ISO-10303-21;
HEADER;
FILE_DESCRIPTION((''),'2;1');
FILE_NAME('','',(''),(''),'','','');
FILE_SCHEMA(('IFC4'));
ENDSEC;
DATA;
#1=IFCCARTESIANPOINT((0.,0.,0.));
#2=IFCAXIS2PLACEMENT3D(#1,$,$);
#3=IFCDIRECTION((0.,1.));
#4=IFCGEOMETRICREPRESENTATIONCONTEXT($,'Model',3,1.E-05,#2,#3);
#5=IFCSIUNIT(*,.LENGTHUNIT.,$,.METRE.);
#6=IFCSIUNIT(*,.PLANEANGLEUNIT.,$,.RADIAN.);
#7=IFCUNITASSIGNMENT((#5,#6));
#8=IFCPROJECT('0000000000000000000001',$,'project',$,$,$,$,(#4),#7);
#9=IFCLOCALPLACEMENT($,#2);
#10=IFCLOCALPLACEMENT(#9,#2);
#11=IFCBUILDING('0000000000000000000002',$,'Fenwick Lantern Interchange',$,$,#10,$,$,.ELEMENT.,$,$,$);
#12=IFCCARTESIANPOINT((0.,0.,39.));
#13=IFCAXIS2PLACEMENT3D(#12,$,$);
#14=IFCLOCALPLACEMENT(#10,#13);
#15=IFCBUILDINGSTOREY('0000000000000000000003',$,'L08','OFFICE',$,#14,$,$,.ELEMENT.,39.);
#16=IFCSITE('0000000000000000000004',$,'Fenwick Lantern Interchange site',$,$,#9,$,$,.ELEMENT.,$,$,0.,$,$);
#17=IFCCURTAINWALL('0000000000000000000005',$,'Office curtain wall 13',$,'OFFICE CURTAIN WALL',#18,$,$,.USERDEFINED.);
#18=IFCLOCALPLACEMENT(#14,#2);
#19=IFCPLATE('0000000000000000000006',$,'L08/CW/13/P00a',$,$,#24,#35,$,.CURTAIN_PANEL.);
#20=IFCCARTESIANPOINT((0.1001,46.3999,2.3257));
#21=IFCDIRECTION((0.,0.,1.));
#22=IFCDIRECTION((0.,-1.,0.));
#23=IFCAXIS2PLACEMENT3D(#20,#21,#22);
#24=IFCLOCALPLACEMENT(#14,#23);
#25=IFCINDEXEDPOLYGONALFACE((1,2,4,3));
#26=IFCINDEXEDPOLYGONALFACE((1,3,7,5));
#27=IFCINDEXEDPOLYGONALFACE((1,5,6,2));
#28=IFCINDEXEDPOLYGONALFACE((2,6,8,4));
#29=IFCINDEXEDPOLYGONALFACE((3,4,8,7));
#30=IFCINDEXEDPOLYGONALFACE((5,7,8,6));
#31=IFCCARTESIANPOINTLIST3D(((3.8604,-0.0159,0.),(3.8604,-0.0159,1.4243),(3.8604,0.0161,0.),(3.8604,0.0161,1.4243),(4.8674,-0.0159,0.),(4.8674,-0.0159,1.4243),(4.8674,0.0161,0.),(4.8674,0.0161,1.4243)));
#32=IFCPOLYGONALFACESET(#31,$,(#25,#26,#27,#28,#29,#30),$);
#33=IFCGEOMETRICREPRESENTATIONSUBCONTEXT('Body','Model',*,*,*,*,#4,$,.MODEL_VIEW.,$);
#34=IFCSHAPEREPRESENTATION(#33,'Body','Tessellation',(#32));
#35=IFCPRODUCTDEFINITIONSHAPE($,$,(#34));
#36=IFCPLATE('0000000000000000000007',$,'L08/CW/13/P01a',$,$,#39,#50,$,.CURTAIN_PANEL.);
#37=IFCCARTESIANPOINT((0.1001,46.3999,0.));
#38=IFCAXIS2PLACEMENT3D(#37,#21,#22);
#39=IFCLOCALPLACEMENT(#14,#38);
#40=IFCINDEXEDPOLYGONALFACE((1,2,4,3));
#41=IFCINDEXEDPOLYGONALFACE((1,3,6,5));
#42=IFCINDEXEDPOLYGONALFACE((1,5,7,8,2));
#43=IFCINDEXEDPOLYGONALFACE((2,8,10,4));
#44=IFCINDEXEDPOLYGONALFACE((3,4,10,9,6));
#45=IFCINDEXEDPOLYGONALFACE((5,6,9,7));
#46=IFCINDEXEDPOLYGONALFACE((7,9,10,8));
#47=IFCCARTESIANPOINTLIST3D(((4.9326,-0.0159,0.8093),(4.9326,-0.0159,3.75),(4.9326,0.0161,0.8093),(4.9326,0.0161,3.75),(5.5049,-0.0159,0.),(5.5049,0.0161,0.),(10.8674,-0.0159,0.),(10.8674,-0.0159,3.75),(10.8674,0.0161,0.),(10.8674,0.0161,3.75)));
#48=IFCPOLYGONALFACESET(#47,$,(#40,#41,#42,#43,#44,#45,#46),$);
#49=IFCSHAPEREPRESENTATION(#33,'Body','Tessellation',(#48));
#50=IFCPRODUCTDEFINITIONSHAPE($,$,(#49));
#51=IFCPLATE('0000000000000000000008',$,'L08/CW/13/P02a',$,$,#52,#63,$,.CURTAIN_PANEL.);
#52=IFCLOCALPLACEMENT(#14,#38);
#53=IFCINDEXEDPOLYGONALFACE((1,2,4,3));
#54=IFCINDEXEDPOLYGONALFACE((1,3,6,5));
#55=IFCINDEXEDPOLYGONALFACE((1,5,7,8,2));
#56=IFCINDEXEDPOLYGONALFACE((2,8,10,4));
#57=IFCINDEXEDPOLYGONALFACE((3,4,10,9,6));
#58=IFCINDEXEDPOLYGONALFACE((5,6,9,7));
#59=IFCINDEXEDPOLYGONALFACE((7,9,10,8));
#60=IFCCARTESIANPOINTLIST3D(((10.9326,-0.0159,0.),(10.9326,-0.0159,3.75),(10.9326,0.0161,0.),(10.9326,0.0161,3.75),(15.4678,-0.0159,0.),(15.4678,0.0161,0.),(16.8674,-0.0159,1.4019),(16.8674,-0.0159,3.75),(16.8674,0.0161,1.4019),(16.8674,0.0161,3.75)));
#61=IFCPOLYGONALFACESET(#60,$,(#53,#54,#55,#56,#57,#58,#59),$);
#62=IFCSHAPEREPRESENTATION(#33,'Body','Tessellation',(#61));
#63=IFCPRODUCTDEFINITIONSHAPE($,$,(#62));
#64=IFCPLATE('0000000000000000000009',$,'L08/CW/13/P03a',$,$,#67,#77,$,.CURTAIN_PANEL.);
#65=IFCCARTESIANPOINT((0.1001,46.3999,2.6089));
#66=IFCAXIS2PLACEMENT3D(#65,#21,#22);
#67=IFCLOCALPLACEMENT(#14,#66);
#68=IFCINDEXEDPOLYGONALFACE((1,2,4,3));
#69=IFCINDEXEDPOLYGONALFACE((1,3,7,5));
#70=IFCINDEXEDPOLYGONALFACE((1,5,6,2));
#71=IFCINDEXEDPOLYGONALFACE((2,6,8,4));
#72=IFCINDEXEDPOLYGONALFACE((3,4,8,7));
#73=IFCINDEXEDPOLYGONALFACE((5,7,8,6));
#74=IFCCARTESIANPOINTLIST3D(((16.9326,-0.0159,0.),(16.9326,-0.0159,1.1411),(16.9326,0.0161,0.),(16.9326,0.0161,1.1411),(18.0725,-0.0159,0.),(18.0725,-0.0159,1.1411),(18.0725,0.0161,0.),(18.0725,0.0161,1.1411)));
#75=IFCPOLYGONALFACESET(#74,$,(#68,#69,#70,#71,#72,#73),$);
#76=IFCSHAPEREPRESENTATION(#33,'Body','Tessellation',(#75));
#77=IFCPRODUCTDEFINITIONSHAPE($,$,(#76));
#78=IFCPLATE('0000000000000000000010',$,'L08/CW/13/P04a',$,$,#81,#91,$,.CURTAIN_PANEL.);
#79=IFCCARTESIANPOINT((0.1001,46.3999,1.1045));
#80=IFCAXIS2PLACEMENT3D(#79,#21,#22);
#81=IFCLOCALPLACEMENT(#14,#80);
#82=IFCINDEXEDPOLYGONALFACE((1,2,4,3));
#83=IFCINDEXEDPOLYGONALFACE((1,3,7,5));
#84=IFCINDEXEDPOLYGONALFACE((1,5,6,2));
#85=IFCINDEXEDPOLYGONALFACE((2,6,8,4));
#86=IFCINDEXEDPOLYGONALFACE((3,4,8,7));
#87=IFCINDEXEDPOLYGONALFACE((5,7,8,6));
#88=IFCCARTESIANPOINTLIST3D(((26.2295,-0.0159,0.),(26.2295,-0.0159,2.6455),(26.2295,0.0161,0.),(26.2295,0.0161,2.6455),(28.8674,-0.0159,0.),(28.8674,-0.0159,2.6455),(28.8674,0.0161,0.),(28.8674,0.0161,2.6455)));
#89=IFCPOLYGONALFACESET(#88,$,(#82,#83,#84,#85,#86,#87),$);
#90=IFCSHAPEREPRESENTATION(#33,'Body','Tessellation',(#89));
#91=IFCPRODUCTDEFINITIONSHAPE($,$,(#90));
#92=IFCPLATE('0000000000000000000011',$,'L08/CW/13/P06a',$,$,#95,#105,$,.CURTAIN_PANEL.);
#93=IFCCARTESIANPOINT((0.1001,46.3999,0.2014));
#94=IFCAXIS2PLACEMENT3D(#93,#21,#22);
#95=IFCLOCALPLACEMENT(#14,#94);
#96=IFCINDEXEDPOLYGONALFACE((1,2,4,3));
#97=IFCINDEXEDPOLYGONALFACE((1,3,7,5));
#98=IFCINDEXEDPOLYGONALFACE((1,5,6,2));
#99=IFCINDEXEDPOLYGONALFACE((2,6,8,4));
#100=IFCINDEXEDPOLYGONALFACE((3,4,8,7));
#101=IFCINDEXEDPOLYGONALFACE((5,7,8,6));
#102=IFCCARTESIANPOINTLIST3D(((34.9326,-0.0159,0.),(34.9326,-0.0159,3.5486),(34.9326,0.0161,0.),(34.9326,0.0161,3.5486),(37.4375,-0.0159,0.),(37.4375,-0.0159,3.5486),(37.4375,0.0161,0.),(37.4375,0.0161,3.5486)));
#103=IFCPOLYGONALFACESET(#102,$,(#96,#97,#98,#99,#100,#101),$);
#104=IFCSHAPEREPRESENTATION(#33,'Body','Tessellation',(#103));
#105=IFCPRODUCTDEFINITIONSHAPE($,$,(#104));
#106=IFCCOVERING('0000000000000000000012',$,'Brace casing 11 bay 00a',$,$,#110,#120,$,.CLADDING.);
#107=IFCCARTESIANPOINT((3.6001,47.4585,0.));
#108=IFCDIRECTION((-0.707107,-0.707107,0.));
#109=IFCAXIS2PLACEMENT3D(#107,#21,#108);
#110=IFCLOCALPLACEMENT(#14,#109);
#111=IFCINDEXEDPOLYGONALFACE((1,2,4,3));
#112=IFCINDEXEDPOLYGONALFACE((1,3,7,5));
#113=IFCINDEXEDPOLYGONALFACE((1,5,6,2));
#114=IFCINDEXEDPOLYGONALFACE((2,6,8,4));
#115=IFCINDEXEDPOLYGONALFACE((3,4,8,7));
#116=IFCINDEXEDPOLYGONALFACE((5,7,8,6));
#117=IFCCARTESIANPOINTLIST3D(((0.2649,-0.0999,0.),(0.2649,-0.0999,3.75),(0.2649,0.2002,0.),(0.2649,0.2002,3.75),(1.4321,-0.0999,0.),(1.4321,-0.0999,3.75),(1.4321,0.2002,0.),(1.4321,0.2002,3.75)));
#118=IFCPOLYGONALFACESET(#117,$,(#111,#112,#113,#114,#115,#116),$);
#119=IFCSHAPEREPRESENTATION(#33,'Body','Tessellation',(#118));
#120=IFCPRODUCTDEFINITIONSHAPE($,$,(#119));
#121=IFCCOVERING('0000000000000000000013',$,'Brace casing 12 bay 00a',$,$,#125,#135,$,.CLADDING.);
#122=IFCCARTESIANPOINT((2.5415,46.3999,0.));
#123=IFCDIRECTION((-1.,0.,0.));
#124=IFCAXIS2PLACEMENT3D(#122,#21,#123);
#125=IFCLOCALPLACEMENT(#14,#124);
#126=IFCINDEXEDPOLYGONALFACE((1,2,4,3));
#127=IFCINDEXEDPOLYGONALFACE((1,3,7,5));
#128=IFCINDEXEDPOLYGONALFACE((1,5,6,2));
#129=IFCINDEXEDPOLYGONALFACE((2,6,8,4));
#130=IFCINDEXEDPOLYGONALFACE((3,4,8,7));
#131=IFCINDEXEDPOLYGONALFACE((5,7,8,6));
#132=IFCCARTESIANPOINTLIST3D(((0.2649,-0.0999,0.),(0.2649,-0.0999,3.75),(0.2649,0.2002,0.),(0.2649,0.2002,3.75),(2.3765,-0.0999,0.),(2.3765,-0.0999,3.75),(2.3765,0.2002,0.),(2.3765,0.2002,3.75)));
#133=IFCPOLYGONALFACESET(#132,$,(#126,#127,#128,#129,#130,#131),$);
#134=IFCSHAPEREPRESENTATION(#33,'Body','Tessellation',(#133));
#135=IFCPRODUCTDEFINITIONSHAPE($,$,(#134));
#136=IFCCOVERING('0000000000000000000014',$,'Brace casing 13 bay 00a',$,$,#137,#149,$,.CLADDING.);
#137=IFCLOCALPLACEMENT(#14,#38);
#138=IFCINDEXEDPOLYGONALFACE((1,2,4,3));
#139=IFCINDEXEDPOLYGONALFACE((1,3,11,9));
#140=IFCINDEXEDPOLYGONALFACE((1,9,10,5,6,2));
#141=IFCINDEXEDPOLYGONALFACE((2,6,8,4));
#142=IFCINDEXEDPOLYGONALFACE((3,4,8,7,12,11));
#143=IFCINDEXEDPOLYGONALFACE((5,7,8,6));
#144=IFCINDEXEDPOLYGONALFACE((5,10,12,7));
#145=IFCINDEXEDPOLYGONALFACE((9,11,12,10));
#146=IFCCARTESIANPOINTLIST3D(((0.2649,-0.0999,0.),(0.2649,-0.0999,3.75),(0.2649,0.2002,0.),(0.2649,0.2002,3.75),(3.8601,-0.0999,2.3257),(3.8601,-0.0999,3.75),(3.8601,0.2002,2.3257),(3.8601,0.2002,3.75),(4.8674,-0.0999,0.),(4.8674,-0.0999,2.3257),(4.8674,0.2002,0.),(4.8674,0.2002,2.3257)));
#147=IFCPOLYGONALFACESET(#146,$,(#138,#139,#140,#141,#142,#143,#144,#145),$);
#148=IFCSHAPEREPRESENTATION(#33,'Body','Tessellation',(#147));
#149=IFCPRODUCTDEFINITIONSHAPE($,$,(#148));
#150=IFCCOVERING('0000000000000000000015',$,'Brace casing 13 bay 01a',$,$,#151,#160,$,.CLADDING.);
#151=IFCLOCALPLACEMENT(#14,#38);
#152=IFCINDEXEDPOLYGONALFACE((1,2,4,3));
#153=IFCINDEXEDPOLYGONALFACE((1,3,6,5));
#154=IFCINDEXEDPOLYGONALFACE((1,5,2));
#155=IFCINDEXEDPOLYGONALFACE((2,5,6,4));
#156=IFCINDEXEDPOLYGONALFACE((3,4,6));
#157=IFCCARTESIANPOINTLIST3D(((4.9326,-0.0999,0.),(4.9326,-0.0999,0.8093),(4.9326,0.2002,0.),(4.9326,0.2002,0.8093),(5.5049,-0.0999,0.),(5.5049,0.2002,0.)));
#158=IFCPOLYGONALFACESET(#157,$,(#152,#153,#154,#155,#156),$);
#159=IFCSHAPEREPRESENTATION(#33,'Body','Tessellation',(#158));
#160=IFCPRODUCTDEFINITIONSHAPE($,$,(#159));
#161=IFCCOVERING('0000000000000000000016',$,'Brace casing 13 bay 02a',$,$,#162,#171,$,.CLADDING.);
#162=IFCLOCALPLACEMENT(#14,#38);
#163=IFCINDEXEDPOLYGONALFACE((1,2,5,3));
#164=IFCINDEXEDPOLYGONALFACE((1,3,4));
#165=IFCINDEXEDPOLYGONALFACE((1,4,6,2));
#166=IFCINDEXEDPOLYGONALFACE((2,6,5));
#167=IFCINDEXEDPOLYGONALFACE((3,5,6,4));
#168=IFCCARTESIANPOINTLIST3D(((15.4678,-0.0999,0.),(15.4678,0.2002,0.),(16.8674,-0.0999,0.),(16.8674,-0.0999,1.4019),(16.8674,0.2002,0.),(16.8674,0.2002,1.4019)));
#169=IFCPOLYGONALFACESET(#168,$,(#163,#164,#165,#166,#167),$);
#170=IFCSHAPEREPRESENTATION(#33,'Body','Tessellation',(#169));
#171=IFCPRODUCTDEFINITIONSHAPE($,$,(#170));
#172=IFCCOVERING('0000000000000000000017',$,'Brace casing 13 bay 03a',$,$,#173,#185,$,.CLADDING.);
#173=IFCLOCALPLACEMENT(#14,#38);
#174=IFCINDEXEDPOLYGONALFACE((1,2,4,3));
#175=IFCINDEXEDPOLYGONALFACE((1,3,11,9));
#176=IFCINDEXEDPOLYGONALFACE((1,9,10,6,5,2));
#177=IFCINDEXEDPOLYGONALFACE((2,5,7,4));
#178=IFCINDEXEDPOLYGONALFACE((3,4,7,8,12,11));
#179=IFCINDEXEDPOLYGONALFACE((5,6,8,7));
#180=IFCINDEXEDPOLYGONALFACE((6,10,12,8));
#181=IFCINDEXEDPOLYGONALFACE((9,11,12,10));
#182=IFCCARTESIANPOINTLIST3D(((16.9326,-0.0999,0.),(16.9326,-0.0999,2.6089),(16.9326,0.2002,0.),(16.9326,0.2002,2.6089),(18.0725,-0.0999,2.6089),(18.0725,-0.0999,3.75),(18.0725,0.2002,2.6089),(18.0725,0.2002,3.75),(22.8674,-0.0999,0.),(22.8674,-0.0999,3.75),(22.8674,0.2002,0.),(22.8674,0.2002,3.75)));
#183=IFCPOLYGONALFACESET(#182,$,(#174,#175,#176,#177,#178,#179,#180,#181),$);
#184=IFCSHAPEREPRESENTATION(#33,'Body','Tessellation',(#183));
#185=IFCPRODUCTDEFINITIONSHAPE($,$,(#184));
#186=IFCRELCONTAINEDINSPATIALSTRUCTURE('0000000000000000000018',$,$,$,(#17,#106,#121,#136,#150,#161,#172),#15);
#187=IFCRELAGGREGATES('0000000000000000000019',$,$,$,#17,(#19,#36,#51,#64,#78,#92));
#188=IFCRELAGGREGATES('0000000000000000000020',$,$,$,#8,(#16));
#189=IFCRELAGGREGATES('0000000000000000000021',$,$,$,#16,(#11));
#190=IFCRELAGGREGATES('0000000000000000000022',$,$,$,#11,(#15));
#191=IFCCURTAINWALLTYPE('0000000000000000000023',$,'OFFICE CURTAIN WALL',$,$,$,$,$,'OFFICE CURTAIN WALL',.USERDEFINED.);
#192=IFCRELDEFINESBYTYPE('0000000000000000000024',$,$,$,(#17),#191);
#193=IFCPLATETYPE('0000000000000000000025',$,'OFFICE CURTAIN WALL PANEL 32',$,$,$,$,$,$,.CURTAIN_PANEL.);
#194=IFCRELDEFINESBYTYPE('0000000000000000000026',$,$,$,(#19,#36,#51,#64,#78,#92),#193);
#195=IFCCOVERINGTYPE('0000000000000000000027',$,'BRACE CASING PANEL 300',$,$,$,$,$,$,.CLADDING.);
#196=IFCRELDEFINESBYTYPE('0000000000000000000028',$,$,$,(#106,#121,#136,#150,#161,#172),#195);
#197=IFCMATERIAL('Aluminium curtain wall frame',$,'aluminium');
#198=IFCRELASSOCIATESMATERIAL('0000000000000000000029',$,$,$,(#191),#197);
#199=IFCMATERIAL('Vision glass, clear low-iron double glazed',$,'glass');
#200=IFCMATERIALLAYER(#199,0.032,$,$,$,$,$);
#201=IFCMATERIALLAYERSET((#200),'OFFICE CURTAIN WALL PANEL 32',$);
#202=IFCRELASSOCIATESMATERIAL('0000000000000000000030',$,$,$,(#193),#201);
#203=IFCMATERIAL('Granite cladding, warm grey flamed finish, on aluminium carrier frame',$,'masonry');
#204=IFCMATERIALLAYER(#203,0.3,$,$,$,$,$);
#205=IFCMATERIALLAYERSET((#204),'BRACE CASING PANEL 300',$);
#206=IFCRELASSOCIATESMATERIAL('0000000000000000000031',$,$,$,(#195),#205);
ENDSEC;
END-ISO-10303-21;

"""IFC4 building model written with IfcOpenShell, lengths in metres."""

from ifc_helpers import new_model, si_unit, direction, frame, origin, place, context, subcontext, project, spatial, polyline, outline, extrude, material, layer, layer_set, type_object, element, aggregate, save


model = new_model("IFC4")

# Units and contexts
model_context = context("Model", 3, precision=1e-05, world=origin(), true_north=direction((0.0, 1.0)))
body_context = subcontext(model_context, "Body", "Model", "MODEL_VIEW")
ifc_project = project(units=[si_unit("LENGTHUNIT", "METRE"), si_unit("PLANEANGLEUNIT", "RADIAN")], contexts=[model_context])

# Site, building, storey
site_placement = place(None, origin())
site = spatial("IfcSite", under=ifc_project, at=site_placement, Name="Fenwick Lantern Interchange site", CompositionType="ELEMENT", RefElevation=0.0)
building_placement = place(site_placement, origin())
building = spatial("IfcBuilding", under=site, at=building_placement, Name="Fenwick Lantern Interchange", CompositionType="ELEMENT")
storey_placement = place(building_placement, frame((0.0, 0.0, 39.0)))
storey = spatial("IfcBuildingStorey", under=building, at=storey_placement, Name="L08", Description="OFFICE", CompositionType="ELEMENT", Elevation=39.0)

# Curtain wall
ifc_material_1 = material(Name="Aluminium curtain wall frame", Category="aluminium")
curtain_wall_type = type_object("IfcCurtainWallType", Name="OFFICE CURTAIN WALL", ElementType="OFFICE CURTAIN WALL", PredefinedType="USERDEFINED", material=ifc_material_1)
curtain_wall_1_placement = place(storey_placement, origin())
curtain_wall_1 = element("IfcCurtainWall", 1, at=curtain_wall_1_placement, inside=storey, type_object=curtain_wall_type, Name="Office curtain wall 13", ObjectType="OFFICE CURTAIN WALL", PredefinedType="USERDEFINED")

# Plates
ifc_material_2 = material(Name="Vision glass, clear low-iron double glazed", Category="glass")
ifc_layer_1 = layer(ifc_material_2, 0.032)
ifc_layer_set_1 = layer_set([ifc_layer_1], Name="OFFICE CURTAIN WALL PANEL 32")
plate_type = type_object("IfcPlateType", Name="OFFICE CURTAIN WALL PANEL 32", PredefinedType="CURTAIN_PANEL", material=ifc_layer_set_1)
plate_1_placement = place(storey_placement, frame((0.1001, 46.3999, 2.3257), z_axis=(0.0, 0.0, 1.0), x_axis=(0.0, -1.0, 0.0)))
plate_1 = element("IfcPlate", 2, at=plate_1_placement, type_object=plate_type, Name="L08/CW/13/P00a", PredefinedType="CURTAIN_PANEL", context=body_context, shape_type="SweptSolid", body=[
    extrude(outline(polyline([(3.8604, 0.0), (4.8674, 0.0), (4.8674, 1.4243), (3.8604, 1.4243), (3.8604, 0.0)])), frame((0.0, 0.0161, 0.0), z_axis=(0.0, -1.0, 0.0), x_axis=(1.0, 0.0, 0.0)), (0.0, 0.0, 1.0), 0.032),
])
plate_2_placement = place(storey_placement, frame((0.1001, 46.3999, 0.0), z_axis=(0.0, 0.0, 1.0), x_axis=(0.0, -1.0, 0.0)))
plate_2 = element("IfcPlate", 3, at=plate_2_placement, type_object=plate_type, Name="L08/CW/13/P01a", PredefinedType="CURTAIN_PANEL", context=body_context, shape_type="SweptSolid", body=[
    extrude(outline(polyline([(5.5049, 0.0), (10.8674, 0.0), (10.8674, 3.75), (4.9326, 3.75), (4.9326, 0.8093), (5.5049, 0.0)])), frame((0.0, 0.0161, 0.0), z_axis=(0.0, -1.0, 0.0), x_axis=(1.0, 0.0, 0.0)), (0.0, 0.0, 1.0), 0.032),
])
plate_3_placement = place(storey_placement, frame((0.1001, 46.3999, 0.0), z_axis=(0.0, 0.0, 1.0), x_axis=(0.0, -1.0, 0.0)))
plate_3 = element("IfcPlate", 4, at=plate_3_placement, type_object=plate_type, Name="L08/CW/13/P02a", PredefinedType="CURTAIN_PANEL", context=body_context, shape_type="SweptSolid", body=[
    extrude(outline(polyline([(10.9326, 0.0), (15.4678, 0.0), (16.8674, 1.4019), (16.8674, 3.75), (10.9326, 3.75), (10.9326, 0.0)])), frame((0.0, 0.0161, 0.0), z_axis=(0.0, -1.0, 0.0), x_axis=(1.0, 0.0, 0.0)), (0.0, 0.0, 1.0), 0.032),
])
plate_4_placement = place(storey_placement, frame((0.1001, 46.3999, 2.6089), z_axis=(0.0, 0.0, 1.0), x_axis=(0.0, -1.0, 0.0)))
plate_4 = element("IfcPlate", 5, at=plate_4_placement, type_object=plate_type, Name="L08/CW/13/P03a", PredefinedType="CURTAIN_PANEL", context=body_context, shape_type="SweptSolid", body=[
    extrude(outline(polyline([(16.9326, 0.0), (18.0725, 0.0), (18.0725, 1.1411), (16.9326, 1.1411), (16.9326, 0.0)])), frame((0.0, 0.0161, 0.0), z_axis=(0.0, -1.0, 0.0), x_axis=(1.0, 0.0, 0.0)), (0.0, 0.0, 1.0), 0.032),
])
plate_5_placement = place(storey_placement, frame((0.1001, 46.3999, 1.1045), z_axis=(0.0, 0.0, 1.0), x_axis=(0.0, -1.0, 0.0)))
plate_5 = element("IfcPlate", 6, at=plate_5_placement, type_object=plate_type, Name="L08/CW/13/P04a", PredefinedType="CURTAIN_PANEL", context=body_context, shape_type="SweptSolid", body=[
    extrude(outline(polyline([(26.2295, 0.0), (28.8674, 0.0), (28.8674, 2.6455), (26.2295, 2.6455), (26.2295, 0.0)])), frame((0.0, 0.0161, 0.0), z_axis=(0.0, -1.0, 0.0), x_axis=(1.0, 0.0, 0.0)), (0.0, 0.0, 1.0), 0.032),
])
plate_6_placement = place(storey_placement, frame((0.1001, 46.3999, 0.2014), z_axis=(0.0, 0.0, 1.0), x_axis=(0.0, -1.0, 0.0)))
plate_6 = element("IfcPlate", 7, at=plate_6_placement, type_object=plate_type, Name="L08/CW/13/P06a", PredefinedType="CURTAIN_PANEL", context=body_context, shape_type="SweptSolid", body=[
    extrude(outline(polyline([(34.9326, 0.0), (37.4375, 0.0), (37.4375, 3.5486), (34.9326, 3.5486), (34.9326, 0.0)])), frame((0.0, 0.0161, 0.0), z_axis=(0.0, -1.0, 0.0), x_axis=(1.0, 0.0, 0.0)), (0.0, 0.0, 1.0), 0.032),
])
aggregate(curtain_wall_1, [plate_1, plate_2, plate_3, plate_4, plate_5, plate_6])

# Coverings
ifc_material_3 = material(Name="Granite cladding, warm grey flamed finish, on aluminium carrier frame", Category="masonry")
ifc_layer_2 = layer(ifc_material_3, 0.3)
ifc_layer_set_2 = layer_set([ifc_layer_2], Name="BRACE CASING PANEL 300")
covering_type = type_object("IfcCoveringType", Name="BRACE CASING PANEL 300", PredefinedType="CLADDING", material=ifc_layer_set_2)
covering_1_placement = place(storey_placement, frame((3.6001, 47.4585, 0.0), z_axis=(0.0, 0.0, 1.0), x_axis=(-0.707107, -0.707107, 0.0)))
element("IfcCovering", 8, at=covering_1_placement, inside=storey, type_object=covering_type, Name="Brace casing 11 bay 00a", PredefinedType="CLADDING", context=body_context, shape_type="SweptSolid", body=[
    extrude(outline(polyline([(0.2649, 0.0), (1.4321, 0.0), (1.4321, 3.75), (0.2649, 3.75), (0.2649, 0.0)])), frame((0.0, 0.2002, 0.0), z_axis=(0.0, -1.0, 0.0), x_axis=(1.0, 0.0, 0.0)), (0.0, 0.0, 1.0), 0.3),
])
covering_2_placement = place(storey_placement, frame((2.5415, 46.3999, 0.0), z_axis=(0.0, 0.0, 1.0), x_axis=(-1.0, 0.0, 0.0)))
element("IfcCovering", 9, at=covering_2_placement, inside=storey, type_object=covering_type, Name="Brace casing 12 bay 00a", PredefinedType="CLADDING", context=body_context, shape_type="SweptSolid", body=[
    extrude(outline(polyline([(0.2649, 0.0), (2.3765, 0.0), (2.3765, 3.75), (0.2649, 3.75), (0.2649, 0.0)])), frame((0.0, 0.2002, 0.0), z_axis=(0.0, -1.0, 0.0), x_axis=(1.0, 0.0, 0.0)), (0.0, 0.0, 1.0), 0.3),
])
covering_3_placement = place(storey_placement, frame((0.1001, 46.3999, 0.0), z_axis=(0.0, 0.0, 1.0), x_axis=(0.0, -1.0, 0.0)))
element("IfcCovering", 10, at=covering_3_placement, inside=storey, type_object=covering_type, Name="Brace casing 13 bay 00a", PredefinedType="CLADDING", context=body_context, shape_type="SweptSolid", body=[
    extrude(outline(polyline([(0.2649, 0.0), (4.8674, 0.0), (4.8674, 2.3257), (3.8601, 2.3257), (3.8601, 3.75), (0.2649, 3.75), (0.2649, 0.0)])), frame((0.0, 0.2002, 0.0), z_axis=(0.0, -1.0, 0.0), x_axis=(1.0, 0.0, 0.0)), (0.0, 0.0, 1.0), 0.3),
])
covering_4_placement = place(storey_placement, frame((0.1001, 46.3999, 0.0), z_axis=(0.0, 0.0, 1.0), x_axis=(0.0, -1.0, 0.0)))
element("IfcCovering", 11, at=covering_4_placement, inside=storey, type_object=covering_type, Name="Brace casing 13 bay 01a", PredefinedType="CLADDING", context=body_context, shape_type="SweptSolid", body=[
    extrude(outline(polyline([(4.9326, 0.0), (5.5049, 0.0), (4.9326, 0.8093), (4.9326, 0.0)])), frame((0.0, 0.2002, 0.0), z_axis=(0.0, -1.0, 0.0), x_axis=(1.0, 0.0, 0.0)), (0.0, 0.0, 1.0), 0.3),
])
covering_5_placement = place(storey_placement, frame((0.1001, 46.3999, 0.0), z_axis=(0.0, 0.0, 1.0), x_axis=(0.0, -1.0, 0.0)))
element("IfcCovering", 12, at=covering_5_placement, inside=storey, type_object=covering_type, Name="Brace casing 13 bay 02a", PredefinedType="CLADDING", context=body_context, shape_type="SweptSolid", body=[
    extrude(outline(polyline([(15.4678, 0.0), (16.8674, 0.0), (16.8674, 1.4019), (15.4678, 0.0)])), frame((0.0, 0.2002, 0.0), z_axis=(0.0, -1.0, 0.0), x_axis=(1.0, 0.0, 0.0)), (0.0, 0.0, 1.0), 0.3),
])
covering_6_placement = place(storey_placement, frame((0.1001, 46.3999, 0.0), z_axis=(0.0, 0.0, 1.0), x_axis=(0.0, -1.0, 0.0)))
element("IfcCovering", 13, at=covering_6_placement, inside=storey, type_object=covering_type, Name="Brace casing 13 bay 03a", PredefinedType="CLADDING", context=body_context, shape_type="SweptSolid", body=[
    extrude(outline(polyline([(16.9326, 0.0), (22.8674, 0.0), (22.8674, 3.75), (18.0725, 3.75), (18.0725, 2.6089), (16.9326, 2.6089), (16.9326, 0.0)])), frame((0.0, 0.2002, 0.0), z_axis=(0.0, -1.0, 0.0), x_axis=(1.0, 0.0, 0.0)), (0.0, 0.0, 1.0), 0.3),
])

save(model, "model.ifc")
